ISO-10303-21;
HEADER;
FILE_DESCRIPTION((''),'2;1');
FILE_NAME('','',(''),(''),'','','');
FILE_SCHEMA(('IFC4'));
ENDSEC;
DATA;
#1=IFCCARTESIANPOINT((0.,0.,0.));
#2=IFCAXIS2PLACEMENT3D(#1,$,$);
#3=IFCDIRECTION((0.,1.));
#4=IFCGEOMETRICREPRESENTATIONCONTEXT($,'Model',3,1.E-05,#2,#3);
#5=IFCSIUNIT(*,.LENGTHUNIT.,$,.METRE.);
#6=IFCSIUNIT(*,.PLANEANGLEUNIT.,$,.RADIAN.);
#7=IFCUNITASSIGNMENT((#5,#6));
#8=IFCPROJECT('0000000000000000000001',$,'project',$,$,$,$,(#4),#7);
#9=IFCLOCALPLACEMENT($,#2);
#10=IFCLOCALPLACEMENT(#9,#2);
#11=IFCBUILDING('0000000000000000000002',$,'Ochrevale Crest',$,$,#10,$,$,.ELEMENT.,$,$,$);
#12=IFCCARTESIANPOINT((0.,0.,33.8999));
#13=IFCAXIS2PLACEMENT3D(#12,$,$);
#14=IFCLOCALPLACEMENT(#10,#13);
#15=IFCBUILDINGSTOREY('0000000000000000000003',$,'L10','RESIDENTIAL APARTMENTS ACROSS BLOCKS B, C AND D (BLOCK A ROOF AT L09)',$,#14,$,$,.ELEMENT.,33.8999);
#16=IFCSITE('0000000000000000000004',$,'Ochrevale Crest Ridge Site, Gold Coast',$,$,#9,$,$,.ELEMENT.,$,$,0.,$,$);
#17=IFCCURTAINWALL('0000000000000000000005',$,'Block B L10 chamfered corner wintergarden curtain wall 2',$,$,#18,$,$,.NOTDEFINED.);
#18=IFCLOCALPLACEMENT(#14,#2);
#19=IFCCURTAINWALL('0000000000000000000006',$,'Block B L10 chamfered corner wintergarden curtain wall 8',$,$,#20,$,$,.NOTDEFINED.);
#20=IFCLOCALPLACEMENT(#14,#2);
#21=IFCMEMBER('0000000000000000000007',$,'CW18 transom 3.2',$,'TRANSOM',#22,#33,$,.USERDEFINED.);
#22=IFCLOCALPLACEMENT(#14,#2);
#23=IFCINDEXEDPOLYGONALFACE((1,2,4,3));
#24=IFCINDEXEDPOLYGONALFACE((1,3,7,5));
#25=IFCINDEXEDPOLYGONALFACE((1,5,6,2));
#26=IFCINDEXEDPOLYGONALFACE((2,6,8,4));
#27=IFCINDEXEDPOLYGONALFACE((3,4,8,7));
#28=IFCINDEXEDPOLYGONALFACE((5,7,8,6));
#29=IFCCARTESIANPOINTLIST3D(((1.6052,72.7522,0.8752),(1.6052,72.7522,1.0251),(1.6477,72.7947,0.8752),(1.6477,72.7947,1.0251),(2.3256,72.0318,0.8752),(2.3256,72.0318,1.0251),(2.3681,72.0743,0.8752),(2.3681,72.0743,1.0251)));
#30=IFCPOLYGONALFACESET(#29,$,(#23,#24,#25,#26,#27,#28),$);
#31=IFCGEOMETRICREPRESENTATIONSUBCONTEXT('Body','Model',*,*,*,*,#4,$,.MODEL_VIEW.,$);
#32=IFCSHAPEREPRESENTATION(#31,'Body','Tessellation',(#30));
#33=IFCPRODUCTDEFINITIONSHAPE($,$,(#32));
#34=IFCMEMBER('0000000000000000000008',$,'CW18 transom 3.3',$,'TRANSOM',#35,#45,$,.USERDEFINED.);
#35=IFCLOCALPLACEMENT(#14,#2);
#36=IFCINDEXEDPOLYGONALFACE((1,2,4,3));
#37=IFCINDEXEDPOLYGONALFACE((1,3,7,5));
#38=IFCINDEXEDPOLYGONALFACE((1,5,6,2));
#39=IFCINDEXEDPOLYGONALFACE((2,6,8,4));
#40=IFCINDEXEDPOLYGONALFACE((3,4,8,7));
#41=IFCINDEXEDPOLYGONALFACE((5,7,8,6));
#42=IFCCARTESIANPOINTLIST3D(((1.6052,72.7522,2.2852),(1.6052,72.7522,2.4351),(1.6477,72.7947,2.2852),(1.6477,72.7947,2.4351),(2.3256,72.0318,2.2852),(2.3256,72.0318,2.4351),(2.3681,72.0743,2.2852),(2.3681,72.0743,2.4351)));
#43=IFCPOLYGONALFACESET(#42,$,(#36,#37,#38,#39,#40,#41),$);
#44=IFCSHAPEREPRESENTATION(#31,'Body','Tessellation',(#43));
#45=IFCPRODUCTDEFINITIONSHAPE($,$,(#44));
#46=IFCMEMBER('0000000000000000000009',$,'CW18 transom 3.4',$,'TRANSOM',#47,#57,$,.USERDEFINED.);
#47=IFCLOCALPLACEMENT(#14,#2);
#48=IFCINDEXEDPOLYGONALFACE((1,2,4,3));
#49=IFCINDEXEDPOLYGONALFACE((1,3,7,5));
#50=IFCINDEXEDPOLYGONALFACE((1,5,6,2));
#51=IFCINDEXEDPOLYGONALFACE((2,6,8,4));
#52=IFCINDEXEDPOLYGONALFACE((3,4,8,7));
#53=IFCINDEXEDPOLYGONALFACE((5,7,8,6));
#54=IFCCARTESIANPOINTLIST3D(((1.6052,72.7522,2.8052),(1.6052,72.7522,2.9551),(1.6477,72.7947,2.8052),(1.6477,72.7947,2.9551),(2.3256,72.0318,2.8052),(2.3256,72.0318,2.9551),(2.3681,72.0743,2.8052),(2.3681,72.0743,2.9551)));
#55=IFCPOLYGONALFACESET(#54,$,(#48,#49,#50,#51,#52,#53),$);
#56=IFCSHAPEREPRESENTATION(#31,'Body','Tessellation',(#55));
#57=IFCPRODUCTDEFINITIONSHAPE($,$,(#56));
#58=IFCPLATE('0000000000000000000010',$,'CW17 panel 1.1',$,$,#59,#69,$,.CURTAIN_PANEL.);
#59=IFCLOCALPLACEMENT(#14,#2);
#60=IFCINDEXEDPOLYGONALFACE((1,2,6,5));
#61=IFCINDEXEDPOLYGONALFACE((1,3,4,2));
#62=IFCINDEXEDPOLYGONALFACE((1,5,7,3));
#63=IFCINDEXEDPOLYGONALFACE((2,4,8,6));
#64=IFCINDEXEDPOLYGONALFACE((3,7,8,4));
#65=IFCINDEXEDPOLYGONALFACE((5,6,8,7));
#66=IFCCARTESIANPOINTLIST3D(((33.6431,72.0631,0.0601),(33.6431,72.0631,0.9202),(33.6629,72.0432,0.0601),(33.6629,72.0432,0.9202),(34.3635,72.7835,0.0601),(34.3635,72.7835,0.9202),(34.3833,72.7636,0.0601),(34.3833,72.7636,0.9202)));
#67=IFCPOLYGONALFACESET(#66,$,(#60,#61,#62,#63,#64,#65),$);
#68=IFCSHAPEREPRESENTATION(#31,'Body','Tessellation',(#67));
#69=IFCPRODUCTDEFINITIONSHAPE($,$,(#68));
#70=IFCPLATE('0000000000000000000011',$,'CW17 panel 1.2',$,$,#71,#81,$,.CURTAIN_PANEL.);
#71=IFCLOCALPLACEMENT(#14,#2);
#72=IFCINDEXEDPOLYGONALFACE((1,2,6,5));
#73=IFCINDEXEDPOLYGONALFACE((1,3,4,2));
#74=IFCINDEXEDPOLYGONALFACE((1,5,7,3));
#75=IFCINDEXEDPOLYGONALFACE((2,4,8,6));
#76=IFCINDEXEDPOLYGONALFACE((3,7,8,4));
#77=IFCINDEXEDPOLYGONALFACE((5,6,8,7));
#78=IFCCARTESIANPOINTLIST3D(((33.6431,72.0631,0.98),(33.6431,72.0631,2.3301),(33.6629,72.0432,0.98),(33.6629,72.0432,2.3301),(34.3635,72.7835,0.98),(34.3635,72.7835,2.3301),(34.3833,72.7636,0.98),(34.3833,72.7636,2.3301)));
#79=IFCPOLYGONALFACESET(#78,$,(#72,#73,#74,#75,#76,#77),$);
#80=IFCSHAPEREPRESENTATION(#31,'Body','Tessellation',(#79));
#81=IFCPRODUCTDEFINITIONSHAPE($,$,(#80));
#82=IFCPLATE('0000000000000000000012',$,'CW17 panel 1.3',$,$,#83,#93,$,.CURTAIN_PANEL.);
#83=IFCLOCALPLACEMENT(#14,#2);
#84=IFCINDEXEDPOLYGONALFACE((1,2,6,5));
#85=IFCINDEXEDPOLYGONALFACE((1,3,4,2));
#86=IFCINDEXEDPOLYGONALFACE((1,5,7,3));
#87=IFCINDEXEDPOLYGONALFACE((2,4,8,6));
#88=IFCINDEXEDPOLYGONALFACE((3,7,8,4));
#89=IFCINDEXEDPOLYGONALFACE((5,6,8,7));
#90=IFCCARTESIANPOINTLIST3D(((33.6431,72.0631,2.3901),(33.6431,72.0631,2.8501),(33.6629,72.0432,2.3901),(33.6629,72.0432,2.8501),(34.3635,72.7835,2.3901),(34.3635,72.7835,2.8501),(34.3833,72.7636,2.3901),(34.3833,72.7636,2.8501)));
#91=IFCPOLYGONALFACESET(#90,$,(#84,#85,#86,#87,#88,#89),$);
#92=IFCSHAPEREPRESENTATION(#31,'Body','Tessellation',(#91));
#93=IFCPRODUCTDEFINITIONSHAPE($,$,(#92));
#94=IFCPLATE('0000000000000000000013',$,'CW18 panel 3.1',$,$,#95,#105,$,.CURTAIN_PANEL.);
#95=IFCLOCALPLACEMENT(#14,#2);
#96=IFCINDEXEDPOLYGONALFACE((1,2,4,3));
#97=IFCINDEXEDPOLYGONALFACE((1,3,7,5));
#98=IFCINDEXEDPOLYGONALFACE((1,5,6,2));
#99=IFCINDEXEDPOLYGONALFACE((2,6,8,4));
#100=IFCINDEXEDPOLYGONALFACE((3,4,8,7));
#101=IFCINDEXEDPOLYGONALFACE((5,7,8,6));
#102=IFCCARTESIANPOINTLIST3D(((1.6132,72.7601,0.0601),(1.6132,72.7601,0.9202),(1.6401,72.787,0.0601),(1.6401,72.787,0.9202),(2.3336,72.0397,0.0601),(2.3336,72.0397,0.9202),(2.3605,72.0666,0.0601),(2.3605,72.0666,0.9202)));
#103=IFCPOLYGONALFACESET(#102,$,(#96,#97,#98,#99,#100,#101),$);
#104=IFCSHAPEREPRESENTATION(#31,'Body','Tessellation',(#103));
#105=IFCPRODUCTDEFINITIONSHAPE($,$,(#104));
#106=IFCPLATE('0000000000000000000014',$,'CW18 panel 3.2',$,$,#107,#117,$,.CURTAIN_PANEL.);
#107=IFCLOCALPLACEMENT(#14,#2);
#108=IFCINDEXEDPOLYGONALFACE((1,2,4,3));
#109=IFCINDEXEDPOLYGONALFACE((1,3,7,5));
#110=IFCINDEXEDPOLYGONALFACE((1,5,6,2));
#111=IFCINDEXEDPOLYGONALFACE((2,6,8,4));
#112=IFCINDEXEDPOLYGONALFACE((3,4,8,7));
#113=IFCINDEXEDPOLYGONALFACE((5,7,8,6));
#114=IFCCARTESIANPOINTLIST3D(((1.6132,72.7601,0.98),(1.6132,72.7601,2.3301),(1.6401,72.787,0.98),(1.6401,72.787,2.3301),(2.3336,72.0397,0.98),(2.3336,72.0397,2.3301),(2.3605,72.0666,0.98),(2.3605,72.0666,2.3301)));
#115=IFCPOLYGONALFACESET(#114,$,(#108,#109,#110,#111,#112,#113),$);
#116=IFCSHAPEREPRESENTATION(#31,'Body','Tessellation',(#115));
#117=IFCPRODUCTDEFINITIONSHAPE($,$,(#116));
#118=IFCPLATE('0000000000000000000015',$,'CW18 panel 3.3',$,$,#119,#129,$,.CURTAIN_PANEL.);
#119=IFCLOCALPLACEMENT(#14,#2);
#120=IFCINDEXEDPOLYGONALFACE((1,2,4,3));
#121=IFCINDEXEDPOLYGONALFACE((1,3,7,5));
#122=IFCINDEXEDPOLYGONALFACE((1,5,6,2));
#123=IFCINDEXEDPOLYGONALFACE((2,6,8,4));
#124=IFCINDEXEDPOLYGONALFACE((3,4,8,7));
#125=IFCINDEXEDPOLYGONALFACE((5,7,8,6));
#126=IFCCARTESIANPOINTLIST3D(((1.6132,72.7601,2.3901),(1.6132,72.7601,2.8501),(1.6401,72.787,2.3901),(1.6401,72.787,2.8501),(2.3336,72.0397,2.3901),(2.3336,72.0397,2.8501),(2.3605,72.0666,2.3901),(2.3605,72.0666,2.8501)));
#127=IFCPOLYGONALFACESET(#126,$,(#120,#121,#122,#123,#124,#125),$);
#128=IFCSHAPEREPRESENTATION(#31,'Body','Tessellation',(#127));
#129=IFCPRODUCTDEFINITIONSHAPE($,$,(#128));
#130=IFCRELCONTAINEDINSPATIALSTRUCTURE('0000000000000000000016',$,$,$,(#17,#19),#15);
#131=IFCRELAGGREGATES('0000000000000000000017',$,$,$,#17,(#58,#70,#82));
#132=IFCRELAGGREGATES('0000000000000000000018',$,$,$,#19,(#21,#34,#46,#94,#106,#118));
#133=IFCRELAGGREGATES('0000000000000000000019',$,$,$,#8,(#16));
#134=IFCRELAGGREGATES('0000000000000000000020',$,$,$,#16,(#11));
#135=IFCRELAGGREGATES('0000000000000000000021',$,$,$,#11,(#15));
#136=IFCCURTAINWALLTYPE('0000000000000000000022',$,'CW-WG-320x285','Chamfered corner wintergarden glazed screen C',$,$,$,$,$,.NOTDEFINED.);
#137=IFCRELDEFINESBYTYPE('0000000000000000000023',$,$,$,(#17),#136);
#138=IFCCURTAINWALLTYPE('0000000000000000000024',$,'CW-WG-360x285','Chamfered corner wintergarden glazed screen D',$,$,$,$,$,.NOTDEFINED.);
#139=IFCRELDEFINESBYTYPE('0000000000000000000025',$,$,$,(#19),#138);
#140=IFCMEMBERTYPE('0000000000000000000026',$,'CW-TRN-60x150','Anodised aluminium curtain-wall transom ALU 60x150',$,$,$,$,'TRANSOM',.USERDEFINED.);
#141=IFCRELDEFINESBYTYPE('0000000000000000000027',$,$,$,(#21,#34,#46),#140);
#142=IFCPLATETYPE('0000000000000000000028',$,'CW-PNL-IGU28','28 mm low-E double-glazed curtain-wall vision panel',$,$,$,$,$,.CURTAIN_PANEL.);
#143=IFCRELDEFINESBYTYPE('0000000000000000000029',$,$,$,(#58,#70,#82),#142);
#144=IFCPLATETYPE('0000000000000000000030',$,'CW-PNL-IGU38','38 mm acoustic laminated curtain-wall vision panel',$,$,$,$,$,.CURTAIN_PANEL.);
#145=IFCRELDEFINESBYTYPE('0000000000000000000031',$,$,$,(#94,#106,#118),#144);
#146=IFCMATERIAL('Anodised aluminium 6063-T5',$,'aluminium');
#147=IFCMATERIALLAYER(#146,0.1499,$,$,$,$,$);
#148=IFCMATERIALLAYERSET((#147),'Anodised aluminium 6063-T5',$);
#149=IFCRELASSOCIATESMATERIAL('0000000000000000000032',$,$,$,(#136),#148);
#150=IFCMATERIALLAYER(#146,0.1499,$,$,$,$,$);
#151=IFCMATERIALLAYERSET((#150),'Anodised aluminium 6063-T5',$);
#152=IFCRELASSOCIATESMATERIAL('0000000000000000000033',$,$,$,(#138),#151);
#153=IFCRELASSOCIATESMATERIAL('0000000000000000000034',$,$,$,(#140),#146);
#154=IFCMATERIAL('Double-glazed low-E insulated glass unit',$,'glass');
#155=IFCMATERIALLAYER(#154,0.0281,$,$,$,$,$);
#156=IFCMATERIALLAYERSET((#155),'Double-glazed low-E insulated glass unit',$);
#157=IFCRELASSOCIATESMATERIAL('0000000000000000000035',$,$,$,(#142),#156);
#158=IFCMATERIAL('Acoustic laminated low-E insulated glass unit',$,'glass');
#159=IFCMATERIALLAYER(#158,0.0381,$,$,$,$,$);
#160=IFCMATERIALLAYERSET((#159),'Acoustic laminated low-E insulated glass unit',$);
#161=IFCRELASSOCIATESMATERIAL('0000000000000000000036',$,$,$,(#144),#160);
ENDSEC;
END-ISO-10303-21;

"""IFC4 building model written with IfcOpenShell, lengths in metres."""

from ifc_helpers import new_model, si_unit, direction, frame, origin, origin_2d, place, context, subcontext, project, spatial, rectangle, extrude, material, layer, layer_set, material_profile, profile_set, type_object, element, aggregate, save


model = new_model("IFC4")

# Units and contexts
model_context = context("Model", 3, precision=1e-05, world=origin(), true_north=direction((0.0, 1.0)))
body_context = subcontext(model_context, "Body", "Model", "MODEL_VIEW")
ifc_project = project(units=[si_unit("LENGTHUNIT", "METRE"), si_unit("PLANEANGLEUNIT", "RADIAN")], contexts=[model_context])

# Site, building, storey
site_placement = place(None, origin())
site = spatial("IfcSite", under=ifc_project, at=site_placement, Name="Ochrevale Crest Ridge Site, Gold Coast", CompositionType="ELEMENT", RefElevation=0.0)
building_placement = place(site_placement, origin())
building = spatial("IfcBuilding", under=site, at=building_placement, Name="Ochrevale Crest", CompositionType="ELEMENT")
storey_placement = place(building_placement, frame((0.0, 0.0, 33.8999)))
storey = spatial("IfcBuildingStorey", under=building, at=storey_placement, Name="L10", Description="RESIDENTIAL APARTMENTS ACROSS BLOCKS B, C AND D (BLOCK A ROOF AT L09)", CompositionType="ELEMENT", Elevation=33.8999)

# Curtain wall
ifc_material_1 = material(Name="Anodised aluminium 6063-T5", Category="aluminium")
ifc_layer_1 = layer(ifc_material_1, 0.1499)
ifc_layer_set_1 = layer_set([ifc_layer_1], Name="Anodised aluminium 6063-T5")
curtain_wall_type_1 = type_object("IfcCurtainWallType", Name="CW-WG-320x285", Description="Chamfered corner wintergarden glazed screen C", PredefinedType="NOTDEFINED", material=ifc_layer_set_1)
curtain_wall_1_placement = place(storey_placement, origin())
curtain_wall_1 = element("IfcCurtainWall", 1, at=curtain_wall_1_placement, inside=storey, type_object=curtain_wall_type_1, Name="Block B L10 chamfered corner wintergarden curtain wall 2", PredefinedType="NOTDEFINED")

# Curtain wall
ifc_layer_2 = layer(ifc_material_1, 0.1499)
ifc_layer_set_2 = layer_set([ifc_layer_2], Name="Anodised aluminium 6063-T5")
curtain_wall_type_2 = type_object("IfcCurtainWallType", Name="CW-WG-360x285", Description="Chamfered corner wintergarden glazed screen D", PredefinedType="NOTDEFINED", material=ifc_layer_set_2)
curtain_wall_2_placement = place(storey_placement, origin())
curtain_wall_2 = element("IfcCurtainWall", 2, at=curtain_wall_2_placement, inside=storey, type_object=curtain_wall_type_2, Name="Block B L10 chamfered corner wintergarden curtain wall 8", PredefinedType="NOTDEFINED")

# Members
ifc_material_profile_1 = material_profile(ifc_material_1, rectangle(XDim=0.0601, YDim=0.1499, at=origin_2d()), Name="ALU 60x150")
ifc_profile_set_1 = profile_set([ifc_material_profile_1], Name="Anodised aluminium 6063-T5")
member_type_1 = type_object("IfcMemberType", Name="CW-TRN-60x150", Description="Anodised aluminium curtain-wall transom ALU 60x150", ElementType="TRANSOM", PredefinedType="USERDEFINED", material=ifc_profile_set_1)
member_1_placement = place(storey_placement, frame((1.6265, 72.7734, 0.9502), z_axis=(0.707107, -0.707107, 0.0), x_axis=(0.707107, 0.707107, 0.0)))
member_1 = element("IfcMember", 3, at=member_1_placement, type_object=member_type_1, Name="CW18 transom 3.2", ObjectType="TRANSOM", PredefinedType="USERDEFINED", context=body_context, shape_type="SweptSolid", body=[
    extrude(rectangle(XDim=0.0601, YDim=0.1499, at=origin_2d()), origin(), (0.0, 0.0, 1.0), 1.0188),
])
member_2_placement = place(storey_placement, frame((1.6265, 72.7734, 2.3601), z_axis=(0.707107, -0.707107, 0.0), x_axis=(0.707107, 0.707107, 0.0)))
member_2 = element("IfcMember", 4, at=member_2_placement, type_object=member_type_1, Name="CW18 transom 3.3", ObjectType="TRANSOM", PredefinedType="USERDEFINED", context=body_context, shape_type="SweptSolid", body=[
    extrude(rectangle(XDim=0.0601, YDim=0.1499, at=origin_2d()), origin(), (0.0, 0.0, 1.0), 1.0188),
])
member_3_placement = place(storey_placement, frame((1.6265, 72.7734, 2.8801), z_axis=(0.707107, -0.707107, 0.0), x_axis=(0.707107, 0.707107, 0.0)))
member_3 = element("IfcMember", 5, at=member_3_placement, type_object=member_type_1, Name="CW18 transom 3.4", ObjectType="TRANSOM", PredefinedType="USERDEFINED", context=body_context, shape_type="SweptSolid", body=[
    extrude(rectangle(XDim=0.0601, YDim=0.1499, at=origin_2d()), origin(), (0.0, 0.0, 1.0), 1.0188),
])

# Plates
ifc_material_2 = material(Name="Double-glazed low-E insulated glass unit", Category="glass")
ifc_layer_3 = layer(ifc_material_2, 0.0281)
ifc_layer_set_3 = layer_set([ifc_layer_3], Name="Double-glazed low-E insulated glass unit")
plate_type_1 = type_object("IfcPlateType", Name="CW-PNL-IGU28", Description="28 mm low-E double-glazed curtain-wall vision panel", PredefinedType="CURTAIN_PANEL", material=ifc_layer_set_3)
plate_1_placement = place(storey_placement, frame((34.0132, 72.4133, 0.0601), z_axis=(0.0, 0.0, 1.0), x_axis=(0.707107, 0.707107, 0.0)))
plate_1 = element("IfcPlate", 6, at=plate_1_placement, type_object=plate_type_1, Name="CW17 panel 1.1", PredefinedType="CURTAIN_PANEL", context=body_context, shape_type="SweptSolid", body=[
    extrude(rectangle(XDim=1.0188, YDim=0.0281, at=origin_2d()), origin(), (0.0, 0.0, 1.0), 0.8601),
])
plate_2_placement = place(storey_placement, frame((34.0132, 72.4133, 0.98), z_axis=(0.0, 0.0, 1.0), x_axis=(0.707107, 0.707107, 0.0)))
plate_2 = element("IfcPlate", 7, at=plate_2_placement, type_object=plate_type_1, Name="CW17 panel 1.2", PredefinedType="CURTAIN_PANEL", context=body_context, shape_type="SweptSolid", body=[
    extrude(rectangle(XDim=1.0188, YDim=0.0281, at=origin_2d()), origin(), (0.0, 0.0, 1.0), 1.3501),
])
plate_3_placement = place(storey_placement, frame((34.0132, 72.4133, 2.3901), z_axis=(0.0, 0.0, 1.0), x_axis=(0.707107, 0.707107, 0.0)))
plate_3 = element("IfcPlate", 8, at=plate_3_placement, type_object=plate_type_1, Name="CW17 panel 1.3", PredefinedType="CURTAIN_PANEL", context=body_context, shape_type="SweptSolid", body=[
    extrude(rectangle(XDim=1.0188, YDim=0.0281, at=origin_2d()), origin(), (0.0, 0.0, 1.0), 0.46),
])
aggregate(curtain_wall_1, [plate_1, plate_2, plate_3])
ifc_material_3 = material(Name="Acoustic laminated low-E insulated glass unit", Category="glass")
ifc_layer_4 = layer(ifc_material_3, 0.0381)
ifc_layer_set_4 = layer_set([ifc_layer_4], Name="Acoustic laminated low-E insulated glass unit")
plate_type_2 = type_object("IfcPlateType", Name="CW-PNL-IGU38", Description="38 mm acoustic laminated curtain-wall vision panel", PredefinedType="CURTAIN_PANEL", material=ifc_layer_set_4)
plate_4_placement = place(storey_placement, frame((1.9868, 72.4133, 0.0601), z_axis=(0.0, 0.0, 1.0), x_axis=(0.707107, -0.707107, 0.0)))
plate_4 = element("IfcPlate", 9, at=plate_4_placement, type_object=plate_type_2, Name="CW18 panel 3.1", PredefinedType="CURTAIN_PANEL", context=body_context, shape_type="SweptSolid", body=[
    extrude(rectangle(XDim=1.0188, YDim=0.0381, at=origin_2d()), origin(), (0.0, 0.0, 1.0), 0.8601),
])
plate_5_placement = place(storey_placement, frame((1.9868, 72.4133, 0.98), z_axis=(0.0, 0.0, 1.0), x_axis=(0.707107, -0.707107, 0.0)))
plate_5 = element("IfcPlate", 10, at=plate_5_placement, type_object=plate_type_2, Name="CW18 panel 3.2", PredefinedType="CURTAIN_PANEL", context=body_context, shape_type="SweptSolid", body=[
    extrude(rectangle(XDim=1.0188, YDim=0.0381, at=origin_2d()), origin(), (0.0, 0.0, 1.0), 1.3501),
])
plate_6_placement = place(storey_placement, frame((1.9868, 72.4133, 2.3901), z_axis=(0.0, 0.0, 1.0), x_axis=(0.707107, -0.707107, 0.0)))
plate_6 = element("IfcPlate", 11, at=plate_6_placement, type_object=plate_type_2, Name="CW18 panel 3.3", PredefinedType="CURTAIN_PANEL", context=body_context, shape_type="SweptSolid", body=[
    extrude(rectangle(XDim=1.0188, YDim=0.0381, at=origin_2d()), origin(), (0.0, 0.0, 1.0), 0.46),
])
aggregate(curtain_wall_2, [member_1, member_2, member_3, plate_4, plate_5, plate_6])

save(model, "model.ifc")
